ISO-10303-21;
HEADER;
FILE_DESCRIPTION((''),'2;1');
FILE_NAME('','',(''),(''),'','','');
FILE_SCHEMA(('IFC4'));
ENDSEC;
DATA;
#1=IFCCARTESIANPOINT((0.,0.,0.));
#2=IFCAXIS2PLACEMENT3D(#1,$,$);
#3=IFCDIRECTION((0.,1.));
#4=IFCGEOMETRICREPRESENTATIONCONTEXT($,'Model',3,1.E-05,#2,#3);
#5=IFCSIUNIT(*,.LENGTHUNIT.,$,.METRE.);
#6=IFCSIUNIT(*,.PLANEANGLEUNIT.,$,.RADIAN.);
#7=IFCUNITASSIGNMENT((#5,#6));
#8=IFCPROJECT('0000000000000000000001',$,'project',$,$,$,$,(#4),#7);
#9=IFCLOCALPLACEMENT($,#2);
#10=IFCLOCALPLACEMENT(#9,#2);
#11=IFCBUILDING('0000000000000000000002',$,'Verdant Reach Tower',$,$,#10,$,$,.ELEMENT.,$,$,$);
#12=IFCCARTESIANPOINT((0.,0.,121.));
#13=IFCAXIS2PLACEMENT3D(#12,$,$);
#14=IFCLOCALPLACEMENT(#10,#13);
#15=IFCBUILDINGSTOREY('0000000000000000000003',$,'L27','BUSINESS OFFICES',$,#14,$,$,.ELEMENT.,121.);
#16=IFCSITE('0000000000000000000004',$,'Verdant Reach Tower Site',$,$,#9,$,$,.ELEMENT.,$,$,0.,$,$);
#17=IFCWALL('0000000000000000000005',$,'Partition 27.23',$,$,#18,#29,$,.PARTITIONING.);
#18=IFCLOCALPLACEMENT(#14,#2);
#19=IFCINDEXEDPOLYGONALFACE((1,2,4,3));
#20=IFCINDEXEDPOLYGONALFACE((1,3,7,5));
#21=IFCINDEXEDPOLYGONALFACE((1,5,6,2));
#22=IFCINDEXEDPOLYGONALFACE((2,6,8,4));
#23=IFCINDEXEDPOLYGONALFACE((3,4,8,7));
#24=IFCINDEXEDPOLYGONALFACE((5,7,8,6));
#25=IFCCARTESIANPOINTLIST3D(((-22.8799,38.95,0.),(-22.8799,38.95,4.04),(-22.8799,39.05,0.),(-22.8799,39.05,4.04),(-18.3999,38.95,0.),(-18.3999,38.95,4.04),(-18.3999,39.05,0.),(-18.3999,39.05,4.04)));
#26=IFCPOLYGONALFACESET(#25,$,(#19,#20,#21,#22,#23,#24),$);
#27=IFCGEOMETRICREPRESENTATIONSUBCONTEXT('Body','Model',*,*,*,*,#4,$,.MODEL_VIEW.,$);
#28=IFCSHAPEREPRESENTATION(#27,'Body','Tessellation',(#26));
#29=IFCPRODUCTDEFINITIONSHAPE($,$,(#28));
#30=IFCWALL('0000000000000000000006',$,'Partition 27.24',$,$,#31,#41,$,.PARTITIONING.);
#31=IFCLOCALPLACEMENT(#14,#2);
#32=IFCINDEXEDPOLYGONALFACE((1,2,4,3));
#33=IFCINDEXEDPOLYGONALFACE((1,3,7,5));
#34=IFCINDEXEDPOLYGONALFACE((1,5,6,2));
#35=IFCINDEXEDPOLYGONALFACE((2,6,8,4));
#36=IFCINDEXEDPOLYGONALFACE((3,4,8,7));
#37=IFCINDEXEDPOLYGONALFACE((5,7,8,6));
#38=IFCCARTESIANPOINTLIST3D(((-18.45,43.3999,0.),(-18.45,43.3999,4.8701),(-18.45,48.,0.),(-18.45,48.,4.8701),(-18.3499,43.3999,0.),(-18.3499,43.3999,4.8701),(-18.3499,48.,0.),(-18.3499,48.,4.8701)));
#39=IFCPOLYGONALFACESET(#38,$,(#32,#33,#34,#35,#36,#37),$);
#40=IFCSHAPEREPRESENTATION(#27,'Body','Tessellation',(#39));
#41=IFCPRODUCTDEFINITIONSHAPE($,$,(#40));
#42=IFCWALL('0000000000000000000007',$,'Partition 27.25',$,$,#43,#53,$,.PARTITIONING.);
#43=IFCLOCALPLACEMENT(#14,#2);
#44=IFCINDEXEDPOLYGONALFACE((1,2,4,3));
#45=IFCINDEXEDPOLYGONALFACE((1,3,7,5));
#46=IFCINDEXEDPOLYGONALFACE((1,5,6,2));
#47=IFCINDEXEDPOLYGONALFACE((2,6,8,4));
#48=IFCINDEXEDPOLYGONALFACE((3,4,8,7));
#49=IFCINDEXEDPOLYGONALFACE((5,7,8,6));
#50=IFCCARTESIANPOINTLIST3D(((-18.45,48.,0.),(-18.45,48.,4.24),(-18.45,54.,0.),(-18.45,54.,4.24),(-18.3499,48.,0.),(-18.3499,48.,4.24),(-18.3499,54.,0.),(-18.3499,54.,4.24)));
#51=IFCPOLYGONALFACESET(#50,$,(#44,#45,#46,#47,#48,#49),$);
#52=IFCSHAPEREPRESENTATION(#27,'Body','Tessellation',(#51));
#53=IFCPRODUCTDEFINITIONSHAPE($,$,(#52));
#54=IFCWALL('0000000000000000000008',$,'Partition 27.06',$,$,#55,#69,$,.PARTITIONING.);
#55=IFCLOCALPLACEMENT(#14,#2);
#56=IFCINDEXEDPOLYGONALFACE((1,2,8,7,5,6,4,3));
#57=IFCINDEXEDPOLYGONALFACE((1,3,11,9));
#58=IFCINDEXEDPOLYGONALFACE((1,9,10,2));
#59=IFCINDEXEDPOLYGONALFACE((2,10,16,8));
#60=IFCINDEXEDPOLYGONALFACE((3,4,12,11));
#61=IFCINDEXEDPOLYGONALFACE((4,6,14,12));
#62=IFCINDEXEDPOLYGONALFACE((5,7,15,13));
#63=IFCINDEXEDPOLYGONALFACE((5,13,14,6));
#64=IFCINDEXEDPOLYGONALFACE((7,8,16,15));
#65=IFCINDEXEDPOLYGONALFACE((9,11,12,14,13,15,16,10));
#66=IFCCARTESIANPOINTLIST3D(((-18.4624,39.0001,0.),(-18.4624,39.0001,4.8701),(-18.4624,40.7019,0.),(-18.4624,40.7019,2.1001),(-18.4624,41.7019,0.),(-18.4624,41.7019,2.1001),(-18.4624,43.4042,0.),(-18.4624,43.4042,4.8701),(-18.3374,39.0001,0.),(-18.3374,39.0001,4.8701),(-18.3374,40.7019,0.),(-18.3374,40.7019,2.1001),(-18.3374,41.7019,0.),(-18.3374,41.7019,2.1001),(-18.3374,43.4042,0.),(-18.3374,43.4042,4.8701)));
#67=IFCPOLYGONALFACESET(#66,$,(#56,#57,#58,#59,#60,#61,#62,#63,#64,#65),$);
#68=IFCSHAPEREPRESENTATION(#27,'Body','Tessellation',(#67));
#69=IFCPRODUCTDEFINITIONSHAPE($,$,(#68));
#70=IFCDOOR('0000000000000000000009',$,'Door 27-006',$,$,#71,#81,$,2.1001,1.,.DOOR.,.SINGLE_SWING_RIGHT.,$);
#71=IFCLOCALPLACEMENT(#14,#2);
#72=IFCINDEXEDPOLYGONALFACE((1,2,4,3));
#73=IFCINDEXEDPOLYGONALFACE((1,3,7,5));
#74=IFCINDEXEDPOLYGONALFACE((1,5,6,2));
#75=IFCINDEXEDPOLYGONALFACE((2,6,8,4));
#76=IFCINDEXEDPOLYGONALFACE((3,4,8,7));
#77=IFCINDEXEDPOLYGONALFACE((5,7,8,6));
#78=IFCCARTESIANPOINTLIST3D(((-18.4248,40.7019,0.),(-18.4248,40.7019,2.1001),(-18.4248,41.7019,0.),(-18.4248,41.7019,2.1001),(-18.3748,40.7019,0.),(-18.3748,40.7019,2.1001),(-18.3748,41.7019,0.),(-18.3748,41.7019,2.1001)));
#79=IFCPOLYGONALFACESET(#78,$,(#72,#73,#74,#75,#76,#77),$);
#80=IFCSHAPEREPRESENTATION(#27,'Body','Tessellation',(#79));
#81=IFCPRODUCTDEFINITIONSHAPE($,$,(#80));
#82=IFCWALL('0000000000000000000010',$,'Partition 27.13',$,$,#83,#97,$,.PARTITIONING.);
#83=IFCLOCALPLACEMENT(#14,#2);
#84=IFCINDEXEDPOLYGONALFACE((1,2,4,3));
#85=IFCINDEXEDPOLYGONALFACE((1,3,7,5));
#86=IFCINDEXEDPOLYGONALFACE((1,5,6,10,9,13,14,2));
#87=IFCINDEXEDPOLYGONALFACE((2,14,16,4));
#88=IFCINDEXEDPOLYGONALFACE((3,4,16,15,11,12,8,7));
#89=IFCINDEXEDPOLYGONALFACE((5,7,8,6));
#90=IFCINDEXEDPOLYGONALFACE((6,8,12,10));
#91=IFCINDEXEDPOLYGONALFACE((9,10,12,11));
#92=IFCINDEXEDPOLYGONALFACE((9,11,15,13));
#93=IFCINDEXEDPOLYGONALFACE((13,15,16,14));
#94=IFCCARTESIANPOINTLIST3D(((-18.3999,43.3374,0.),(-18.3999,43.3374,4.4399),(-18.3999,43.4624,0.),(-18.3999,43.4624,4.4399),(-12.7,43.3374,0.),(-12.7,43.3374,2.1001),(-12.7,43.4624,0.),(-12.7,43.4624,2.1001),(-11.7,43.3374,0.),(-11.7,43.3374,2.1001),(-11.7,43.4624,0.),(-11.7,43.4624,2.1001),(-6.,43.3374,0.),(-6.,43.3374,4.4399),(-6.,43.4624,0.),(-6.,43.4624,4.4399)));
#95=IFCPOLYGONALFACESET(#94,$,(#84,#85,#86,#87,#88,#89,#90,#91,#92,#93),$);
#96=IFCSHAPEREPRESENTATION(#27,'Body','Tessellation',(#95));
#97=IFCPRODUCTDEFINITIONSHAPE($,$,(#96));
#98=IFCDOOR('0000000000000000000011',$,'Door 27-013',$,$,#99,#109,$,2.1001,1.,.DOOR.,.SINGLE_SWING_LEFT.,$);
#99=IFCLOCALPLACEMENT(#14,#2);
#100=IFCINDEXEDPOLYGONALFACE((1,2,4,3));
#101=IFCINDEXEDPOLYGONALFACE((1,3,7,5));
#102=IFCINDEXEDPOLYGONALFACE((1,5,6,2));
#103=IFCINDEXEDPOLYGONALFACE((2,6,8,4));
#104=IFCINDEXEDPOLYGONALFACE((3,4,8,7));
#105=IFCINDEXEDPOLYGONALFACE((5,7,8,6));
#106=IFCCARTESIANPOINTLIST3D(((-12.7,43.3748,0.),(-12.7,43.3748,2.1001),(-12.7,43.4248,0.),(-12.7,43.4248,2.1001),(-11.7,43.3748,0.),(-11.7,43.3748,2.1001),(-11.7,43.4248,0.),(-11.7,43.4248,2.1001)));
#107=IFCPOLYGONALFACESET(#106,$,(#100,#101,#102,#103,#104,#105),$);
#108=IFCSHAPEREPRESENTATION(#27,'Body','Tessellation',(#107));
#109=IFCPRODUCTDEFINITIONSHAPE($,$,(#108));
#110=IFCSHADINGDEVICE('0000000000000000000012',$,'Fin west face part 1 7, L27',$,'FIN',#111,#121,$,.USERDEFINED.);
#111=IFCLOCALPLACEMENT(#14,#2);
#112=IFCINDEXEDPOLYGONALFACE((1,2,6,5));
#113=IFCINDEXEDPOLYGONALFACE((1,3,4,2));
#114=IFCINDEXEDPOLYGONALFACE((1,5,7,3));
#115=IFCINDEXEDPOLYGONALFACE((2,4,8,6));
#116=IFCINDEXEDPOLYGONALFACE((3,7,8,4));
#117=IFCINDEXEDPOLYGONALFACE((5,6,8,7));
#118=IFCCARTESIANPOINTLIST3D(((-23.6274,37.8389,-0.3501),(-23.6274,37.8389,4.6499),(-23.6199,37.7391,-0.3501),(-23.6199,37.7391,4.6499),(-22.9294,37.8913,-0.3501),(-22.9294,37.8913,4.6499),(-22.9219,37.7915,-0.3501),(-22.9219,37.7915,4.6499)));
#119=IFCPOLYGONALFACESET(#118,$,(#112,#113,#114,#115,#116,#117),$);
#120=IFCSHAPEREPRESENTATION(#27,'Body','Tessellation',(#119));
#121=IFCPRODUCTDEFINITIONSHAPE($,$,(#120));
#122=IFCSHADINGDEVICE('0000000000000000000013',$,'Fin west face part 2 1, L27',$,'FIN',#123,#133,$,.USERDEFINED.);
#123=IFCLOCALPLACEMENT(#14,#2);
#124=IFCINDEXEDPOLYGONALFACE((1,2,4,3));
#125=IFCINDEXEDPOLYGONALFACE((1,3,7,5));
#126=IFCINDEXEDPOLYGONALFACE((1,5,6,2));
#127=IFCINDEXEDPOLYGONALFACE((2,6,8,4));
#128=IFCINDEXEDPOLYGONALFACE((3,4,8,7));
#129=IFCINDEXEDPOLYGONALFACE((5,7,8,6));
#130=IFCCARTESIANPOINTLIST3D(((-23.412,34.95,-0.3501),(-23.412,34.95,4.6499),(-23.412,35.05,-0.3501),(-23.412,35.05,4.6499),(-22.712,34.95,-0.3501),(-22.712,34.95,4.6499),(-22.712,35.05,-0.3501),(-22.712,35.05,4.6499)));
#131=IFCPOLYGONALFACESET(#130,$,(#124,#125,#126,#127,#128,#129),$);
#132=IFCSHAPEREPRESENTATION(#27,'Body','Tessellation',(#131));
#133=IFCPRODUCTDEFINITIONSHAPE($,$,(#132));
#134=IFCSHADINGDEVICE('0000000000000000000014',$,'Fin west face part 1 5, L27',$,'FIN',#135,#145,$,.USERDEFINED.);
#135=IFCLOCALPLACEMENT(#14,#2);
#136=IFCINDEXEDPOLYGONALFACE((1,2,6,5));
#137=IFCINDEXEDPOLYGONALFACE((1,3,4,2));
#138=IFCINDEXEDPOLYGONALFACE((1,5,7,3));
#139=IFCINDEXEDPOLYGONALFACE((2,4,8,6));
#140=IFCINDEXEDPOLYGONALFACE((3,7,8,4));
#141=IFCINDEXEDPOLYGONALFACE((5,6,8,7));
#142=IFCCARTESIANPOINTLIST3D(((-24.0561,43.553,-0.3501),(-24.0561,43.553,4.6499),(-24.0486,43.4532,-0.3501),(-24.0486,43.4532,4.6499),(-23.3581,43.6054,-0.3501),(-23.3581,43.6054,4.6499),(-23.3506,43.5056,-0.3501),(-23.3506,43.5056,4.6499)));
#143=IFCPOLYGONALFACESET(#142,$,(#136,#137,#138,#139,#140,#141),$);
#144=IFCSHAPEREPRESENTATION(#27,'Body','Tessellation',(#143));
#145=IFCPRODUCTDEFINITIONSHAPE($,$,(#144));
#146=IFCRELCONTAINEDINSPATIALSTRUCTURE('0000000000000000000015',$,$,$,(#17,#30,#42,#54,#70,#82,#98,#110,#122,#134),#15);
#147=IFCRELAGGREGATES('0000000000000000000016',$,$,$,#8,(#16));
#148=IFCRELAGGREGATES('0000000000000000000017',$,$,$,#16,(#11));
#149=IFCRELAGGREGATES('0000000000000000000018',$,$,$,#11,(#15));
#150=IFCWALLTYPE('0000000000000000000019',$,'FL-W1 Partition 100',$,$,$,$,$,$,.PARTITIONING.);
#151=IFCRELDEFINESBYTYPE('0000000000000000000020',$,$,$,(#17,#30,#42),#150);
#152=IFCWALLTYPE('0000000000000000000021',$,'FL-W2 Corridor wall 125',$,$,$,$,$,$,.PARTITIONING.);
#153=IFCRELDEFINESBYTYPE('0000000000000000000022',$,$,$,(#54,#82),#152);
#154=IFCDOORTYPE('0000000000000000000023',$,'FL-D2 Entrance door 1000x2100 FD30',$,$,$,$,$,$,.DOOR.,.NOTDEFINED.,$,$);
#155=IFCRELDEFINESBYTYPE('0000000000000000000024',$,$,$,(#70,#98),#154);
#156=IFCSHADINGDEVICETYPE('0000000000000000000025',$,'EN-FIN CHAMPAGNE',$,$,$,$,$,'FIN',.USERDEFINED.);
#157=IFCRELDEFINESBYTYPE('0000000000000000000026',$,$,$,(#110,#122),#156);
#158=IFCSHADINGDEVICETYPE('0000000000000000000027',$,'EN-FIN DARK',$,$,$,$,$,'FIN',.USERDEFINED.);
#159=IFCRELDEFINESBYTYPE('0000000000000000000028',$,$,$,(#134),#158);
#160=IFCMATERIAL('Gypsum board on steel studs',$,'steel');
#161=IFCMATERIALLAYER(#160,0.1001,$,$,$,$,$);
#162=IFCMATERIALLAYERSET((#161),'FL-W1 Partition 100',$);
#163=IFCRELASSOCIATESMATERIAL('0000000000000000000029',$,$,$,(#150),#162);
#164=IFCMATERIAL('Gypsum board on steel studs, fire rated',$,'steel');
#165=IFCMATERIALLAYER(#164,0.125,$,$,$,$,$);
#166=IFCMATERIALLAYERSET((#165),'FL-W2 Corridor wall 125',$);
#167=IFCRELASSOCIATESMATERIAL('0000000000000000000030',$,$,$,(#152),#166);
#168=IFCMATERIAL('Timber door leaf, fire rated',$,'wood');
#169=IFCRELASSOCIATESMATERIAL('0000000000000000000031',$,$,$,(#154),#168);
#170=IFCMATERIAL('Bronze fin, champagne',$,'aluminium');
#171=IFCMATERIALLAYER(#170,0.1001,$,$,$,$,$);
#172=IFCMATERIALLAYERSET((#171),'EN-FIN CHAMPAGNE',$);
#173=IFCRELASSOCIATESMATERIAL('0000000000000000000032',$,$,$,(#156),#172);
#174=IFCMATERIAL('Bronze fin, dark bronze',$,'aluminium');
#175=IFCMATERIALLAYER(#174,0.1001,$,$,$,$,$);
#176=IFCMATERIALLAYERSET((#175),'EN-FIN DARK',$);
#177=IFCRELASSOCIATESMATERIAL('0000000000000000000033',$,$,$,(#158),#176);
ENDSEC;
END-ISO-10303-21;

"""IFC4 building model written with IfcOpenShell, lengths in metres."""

from ifc_helpers import new_model, si_unit, direction, frame, frame_2d, origin, origin_2d, place, context, subcontext, project, spatial, rectangle, extrude, material, layer, layer_set, type_object, element, fill, save


model = new_model("IFC4")

# Units and contexts
model_context = context("Model", 3, precision=1e-05, world=origin(), true_north=direction((0.0, 1.0)))
body_context = subcontext(model_context, "Body", "Model", "MODEL_VIEW")
ifc_project = project(units=[si_unit("LENGTHUNIT", "METRE"), si_unit("PLANEANGLEUNIT", "RADIAN")], contexts=[model_context])

# Site, building, storey
site_placement = place(None, origin())
site = spatial("IfcSite", under=ifc_project, at=site_placement, Name="Verdant Reach Tower Site", CompositionType="ELEMENT", RefElevation=0.0)
building_placement = place(site_placement, origin())
building = spatial("IfcBuilding", under=site, at=building_placement, Name="Verdant Reach Tower", CompositionType="ELEMENT")
storey_placement = place(building_placement, frame((0.0, 0.0, 121.0)))
storey = spatial("IfcBuildingStorey", under=building, at=storey_placement, Name="L27", Description="BUSINESS OFFICES", CompositionType="ELEMENT", Elevation=121.0)

# Walls
ifc_material_1 = material(Name="Gypsum board on steel studs", Category="steel")
ifc_layer_1 = layer(ifc_material_1, 0.1001)
ifc_layer_set_1 = layer_set([ifc_layer_1], Name="FL-W1 Partition 100")
wall_type_1 = type_object("IfcWallType", Name="FL-W1 Partition 100", PredefinedType="PARTITIONING", material=ifc_layer_set_1)
wall_1_placement = place(storey_placement, frame((-18.3999, 39.0, 0.0), z_axis=(0.0, 0.0, 1.0), x_axis=(-1.0, 0.0, 0.0)))
element("IfcWall", 1, at=wall_1_placement, inside=storey, type_object=wall_type_1, Name="Partition 27.23", PredefinedType="PARTITIONING", context=body_context, shape_type="SweptSolid", body=[
    extrude(rectangle(XDim=4.48, YDim=0.1001, at=frame_2d((2.24, 0.0))), origin(), (0.0, 0.0, 1.0), 4.04),
])
wall_2_placement = place(storey_placement, frame((-18.3999, 43.3999, 0.0), z_axis=(0.0, 0.0, 1.0), x_axis=(0.0, 1.0, 0.0)))
element("IfcWall", 2, at=wall_2_placement, inside=storey, type_object=wall_type_1, Name="Partition 27.24", PredefinedType="PARTITIONING", context=body_context, shape_type="SweptSolid", body=[
    extrude(rectangle(XDim=4.6001, YDim=0.1001, at=frame_2d((2.3, 0.0))), origin(), (0.0, 0.0, 1.0), 4.8701),
])
wall_3_placement = place(storey_placement, frame((-18.3999, 48.0, 0.0), z_axis=(0.0, 0.0, 1.0), x_axis=(0.0, 1.0, 0.0)))
element("IfcWall", 3, at=wall_3_placement, inside=storey, type_object=wall_type_1, Name="Partition 27.25", PredefinedType="PARTITIONING", context=body_context, shape_type="SweptSolid", body=[
    extrude(rectangle(XDim=6.0, YDim=0.1001, at=frame_2d((3.0, 0.0))), origin(), (0.0, 0.0, 1.0), 4.24),
])

# Walls, openings, doors
ifc_material_2 = material(Name="Gypsum board on steel studs, fire rated", Category="steel")
ifc_layer_2 = layer(ifc_material_2, 0.125)
ifc_layer_set_2 = layer_set([ifc_layer_2], Name="FL-W2 Corridor wall 125")
wall_type_2 = type_object("IfcWallType", Name="FL-W2 Corridor wall 125", PredefinedType="PARTITIONING", material=ifc_layer_set_2)
wall_4_placement = place(storey_placement, frame((-18.3999, 39.0, 0.0), z_axis=(0.0, 0.0, 1.0), x_axis=(0.0, 1.0, 0.0)))
wall_4 = element("IfcWall", 4, at=wall_4_placement, inside=storey, type_object=wall_type_2, Name="Partition 27.06", PredefinedType="PARTITIONING", context=body_context, shape_type="SweptSolid", body=[
    extrude(rectangle(XDim=4.4041, YDim=0.125, at=frame_2d((2.2021, 0.0))), origin(), (0.0, 0.0, 1.0), 4.8701),
])
opening_1_placement = place(wall_4_placement, frame((1.7019, 0.0, 0.0)))
opening_1 = element("IfcOpeningElement", 5, at=opening_1_placement, cuts=wall_4, PredefinedType="OPENING", context=body_context, shape_type="SweptSolid", body=[
    extrude(rectangle(XDim=1.0, YDim=2.1001, at=frame_2d((0.5, 1.05))), frame((0.0, 0.0725, 0.0), z_axis=(0.0, -1.0, 0.0), x_axis=(1.0, 0.0, 0.0)), (0.0, 0.0, 1.0), 0.145),
])
ifc_material_3 = material(Name="Timber door leaf, fire rated", Category="wood")
door_type = type_object("IfcDoorType", Name="FL-D2 Entrance door 1000x2100 FD30", OperationType="NOTDEFINED", PredefinedType="DOOR", material=ifc_material_3)
door_1_placement = place(opening_1_placement, origin())
door_1 = element("IfcDoor", 6, at=door_1_placement, inside=storey, type_object=door_type, Name="Door 27-006", OperationType="SINGLE_SWING_RIGHT", OverallHeight=2.1001, OverallWidth=1.0, PredefinedType="DOOR", context=body_context, shape_type="SweptSolid", body=[
    extrude(rectangle(XDim=1.0, YDim=2.1001, at=frame_2d((0.5, 1.05))), frame((0.0, 0.0249, 0.0), z_axis=(0.0, -1.0, 0.0), x_axis=(1.0, 0.0, 0.0)), (0.0, 0.0, 1.0), 0.05),
])
fill(opening_1, door_1)
wall_5_placement = place(storey_placement, frame((-18.3999, 43.3999, 0.0), z_axis=(0.0, 0.0, 1.0), x_axis=(1.0, 0.0, 0.0)))
wall_5 = element("IfcWall", 7, at=wall_5_placement, inside=storey, type_object=wall_type_2, Name="Partition 27.13", PredefinedType="PARTITIONING", context=body_context, shape_type="SweptSolid", body=[
    extrude(rectangle(XDim=12.3999, YDim=0.125, at=frame_2d((6.2, 0.0))), origin(), (0.0, 0.0, 1.0), 4.4399),
])
opening_2_placement = place(wall_5_placement, frame((5.7, 0.0, 0.0)))
opening_2 = element("IfcOpeningElement", 8, at=opening_2_placement, cuts=wall_5, PredefinedType="OPENING", context=body_context, shape_type="SweptSolid", body=[
    extrude(rectangle(XDim=1.0, YDim=2.1001, at=frame_2d((0.5, 1.05))), frame((0.0, 0.0725, 0.0), z_axis=(0.0, -1.0, 0.0), x_axis=(1.0, 0.0, 0.0)), (0.0, 0.0, 1.0), 0.145),
])
door_2_placement = place(opening_2_placement, origin())
door_2 = element("IfcDoor", 9, at=door_2_placement, inside=storey, type_object=door_type, Name="Door 27-013", OperationType="SINGLE_SWING_LEFT", OverallHeight=2.1001, OverallWidth=1.0, PredefinedType="DOOR", context=body_context, shape_type="SweptSolid", body=[
    extrude(rectangle(XDim=1.0, YDim=2.1001, at=frame_2d((0.5, 1.05))), frame((0.0, 0.0249, 0.0), z_axis=(0.0, -1.0, 0.0), x_axis=(1.0, 0.0, 0.0)), (0.0, 0.0, 1.0), 0.05),
])
fill(opening_2, door_2)

# Shading devices
ifc_material_4 = material(Name="Bronze fin, champagne", Category="aluminium")
ifc_layer_3 = layer(ifc_material_4, 0.1001)
ifc_layer_set_3 = layer_set([ifc_layer_3], Name="EN-FIN CHAMPAGNE")
shading_device_type_1 = type_object("IfcShadingDeviceType", Name="EN-FIN CHAMPAGNE", ElementType="FIN", PredefinedType="USERDEFINED", material=ifc_layer_set_3)
for number, where, z_axis, x_axis, name in (
    (10, (-23.2747, 37.8152, -0.3501), (0.0, 0.0, 1.0), (0.07479, -0.997199, 0.0), "Fin west face part 1 7, L27"),
    (11, (-23.062, 35.0, -0.3501), (0.0, 0.0, 1.0), (0.0, -1.0, 0.0), "Fin west face part 2 1, L27"),
):
    element("IfcShadingDevice", number, at=place(storey_placement, frame(where, z_axis=z_axis, x_axis=x_axis)), inside=storey, type_object=shading_device_type_1, Name=name, ObjectType="FIN", PredefinedType="USERDEFINED", context=body_context, shape_type="SweptSolid", body=[
        extrude(rectangle(XDim=0.1001, YDim=0.7, at=origin_2d()), origin(), (0.0, 0.0, 1.0), 5.0),
    ])
ifc_material_5 = material(Name="Bronze fin, dark bronze", Category="aluminium")
ifc_layer_4 = layer(ifc_material_5, 0.1001)
ifc_layer_set_4 = layer_set([ifc_layer_4], Name="EN-FIN DARK")
shading_device_type_2 = type_object("IfcShadingDeviceType", Name="EN-FIN DARK", ElementType="FIN", PredefinedType="USERDEFINED", material=ifc_layer_set_4)
shading_device_placement = place(storey_placement, frame((-23.7034, 43.5293, -0.3501), z_axis=(0.0, 0.0, 1.0), x_axis=(0.07479, -0.997199, 0.0)))
element("IfcShadingDevice", 12, at=shading_device_placement, inside=storey, type_object=shading_device_type_2, Name="Fin west face part 1 5, L27", ObjectType="FIN", PredefinedType="USERDEFINED", context=body_context, shape_type="SweptSolid", body=[
    extrude(rectangle(XDim=0.1001, YDim=0.7, at=origin_2d()), origin(), (0.0, 0.0, 1.0), 5.0),
])

save(model, "model.ifc")
